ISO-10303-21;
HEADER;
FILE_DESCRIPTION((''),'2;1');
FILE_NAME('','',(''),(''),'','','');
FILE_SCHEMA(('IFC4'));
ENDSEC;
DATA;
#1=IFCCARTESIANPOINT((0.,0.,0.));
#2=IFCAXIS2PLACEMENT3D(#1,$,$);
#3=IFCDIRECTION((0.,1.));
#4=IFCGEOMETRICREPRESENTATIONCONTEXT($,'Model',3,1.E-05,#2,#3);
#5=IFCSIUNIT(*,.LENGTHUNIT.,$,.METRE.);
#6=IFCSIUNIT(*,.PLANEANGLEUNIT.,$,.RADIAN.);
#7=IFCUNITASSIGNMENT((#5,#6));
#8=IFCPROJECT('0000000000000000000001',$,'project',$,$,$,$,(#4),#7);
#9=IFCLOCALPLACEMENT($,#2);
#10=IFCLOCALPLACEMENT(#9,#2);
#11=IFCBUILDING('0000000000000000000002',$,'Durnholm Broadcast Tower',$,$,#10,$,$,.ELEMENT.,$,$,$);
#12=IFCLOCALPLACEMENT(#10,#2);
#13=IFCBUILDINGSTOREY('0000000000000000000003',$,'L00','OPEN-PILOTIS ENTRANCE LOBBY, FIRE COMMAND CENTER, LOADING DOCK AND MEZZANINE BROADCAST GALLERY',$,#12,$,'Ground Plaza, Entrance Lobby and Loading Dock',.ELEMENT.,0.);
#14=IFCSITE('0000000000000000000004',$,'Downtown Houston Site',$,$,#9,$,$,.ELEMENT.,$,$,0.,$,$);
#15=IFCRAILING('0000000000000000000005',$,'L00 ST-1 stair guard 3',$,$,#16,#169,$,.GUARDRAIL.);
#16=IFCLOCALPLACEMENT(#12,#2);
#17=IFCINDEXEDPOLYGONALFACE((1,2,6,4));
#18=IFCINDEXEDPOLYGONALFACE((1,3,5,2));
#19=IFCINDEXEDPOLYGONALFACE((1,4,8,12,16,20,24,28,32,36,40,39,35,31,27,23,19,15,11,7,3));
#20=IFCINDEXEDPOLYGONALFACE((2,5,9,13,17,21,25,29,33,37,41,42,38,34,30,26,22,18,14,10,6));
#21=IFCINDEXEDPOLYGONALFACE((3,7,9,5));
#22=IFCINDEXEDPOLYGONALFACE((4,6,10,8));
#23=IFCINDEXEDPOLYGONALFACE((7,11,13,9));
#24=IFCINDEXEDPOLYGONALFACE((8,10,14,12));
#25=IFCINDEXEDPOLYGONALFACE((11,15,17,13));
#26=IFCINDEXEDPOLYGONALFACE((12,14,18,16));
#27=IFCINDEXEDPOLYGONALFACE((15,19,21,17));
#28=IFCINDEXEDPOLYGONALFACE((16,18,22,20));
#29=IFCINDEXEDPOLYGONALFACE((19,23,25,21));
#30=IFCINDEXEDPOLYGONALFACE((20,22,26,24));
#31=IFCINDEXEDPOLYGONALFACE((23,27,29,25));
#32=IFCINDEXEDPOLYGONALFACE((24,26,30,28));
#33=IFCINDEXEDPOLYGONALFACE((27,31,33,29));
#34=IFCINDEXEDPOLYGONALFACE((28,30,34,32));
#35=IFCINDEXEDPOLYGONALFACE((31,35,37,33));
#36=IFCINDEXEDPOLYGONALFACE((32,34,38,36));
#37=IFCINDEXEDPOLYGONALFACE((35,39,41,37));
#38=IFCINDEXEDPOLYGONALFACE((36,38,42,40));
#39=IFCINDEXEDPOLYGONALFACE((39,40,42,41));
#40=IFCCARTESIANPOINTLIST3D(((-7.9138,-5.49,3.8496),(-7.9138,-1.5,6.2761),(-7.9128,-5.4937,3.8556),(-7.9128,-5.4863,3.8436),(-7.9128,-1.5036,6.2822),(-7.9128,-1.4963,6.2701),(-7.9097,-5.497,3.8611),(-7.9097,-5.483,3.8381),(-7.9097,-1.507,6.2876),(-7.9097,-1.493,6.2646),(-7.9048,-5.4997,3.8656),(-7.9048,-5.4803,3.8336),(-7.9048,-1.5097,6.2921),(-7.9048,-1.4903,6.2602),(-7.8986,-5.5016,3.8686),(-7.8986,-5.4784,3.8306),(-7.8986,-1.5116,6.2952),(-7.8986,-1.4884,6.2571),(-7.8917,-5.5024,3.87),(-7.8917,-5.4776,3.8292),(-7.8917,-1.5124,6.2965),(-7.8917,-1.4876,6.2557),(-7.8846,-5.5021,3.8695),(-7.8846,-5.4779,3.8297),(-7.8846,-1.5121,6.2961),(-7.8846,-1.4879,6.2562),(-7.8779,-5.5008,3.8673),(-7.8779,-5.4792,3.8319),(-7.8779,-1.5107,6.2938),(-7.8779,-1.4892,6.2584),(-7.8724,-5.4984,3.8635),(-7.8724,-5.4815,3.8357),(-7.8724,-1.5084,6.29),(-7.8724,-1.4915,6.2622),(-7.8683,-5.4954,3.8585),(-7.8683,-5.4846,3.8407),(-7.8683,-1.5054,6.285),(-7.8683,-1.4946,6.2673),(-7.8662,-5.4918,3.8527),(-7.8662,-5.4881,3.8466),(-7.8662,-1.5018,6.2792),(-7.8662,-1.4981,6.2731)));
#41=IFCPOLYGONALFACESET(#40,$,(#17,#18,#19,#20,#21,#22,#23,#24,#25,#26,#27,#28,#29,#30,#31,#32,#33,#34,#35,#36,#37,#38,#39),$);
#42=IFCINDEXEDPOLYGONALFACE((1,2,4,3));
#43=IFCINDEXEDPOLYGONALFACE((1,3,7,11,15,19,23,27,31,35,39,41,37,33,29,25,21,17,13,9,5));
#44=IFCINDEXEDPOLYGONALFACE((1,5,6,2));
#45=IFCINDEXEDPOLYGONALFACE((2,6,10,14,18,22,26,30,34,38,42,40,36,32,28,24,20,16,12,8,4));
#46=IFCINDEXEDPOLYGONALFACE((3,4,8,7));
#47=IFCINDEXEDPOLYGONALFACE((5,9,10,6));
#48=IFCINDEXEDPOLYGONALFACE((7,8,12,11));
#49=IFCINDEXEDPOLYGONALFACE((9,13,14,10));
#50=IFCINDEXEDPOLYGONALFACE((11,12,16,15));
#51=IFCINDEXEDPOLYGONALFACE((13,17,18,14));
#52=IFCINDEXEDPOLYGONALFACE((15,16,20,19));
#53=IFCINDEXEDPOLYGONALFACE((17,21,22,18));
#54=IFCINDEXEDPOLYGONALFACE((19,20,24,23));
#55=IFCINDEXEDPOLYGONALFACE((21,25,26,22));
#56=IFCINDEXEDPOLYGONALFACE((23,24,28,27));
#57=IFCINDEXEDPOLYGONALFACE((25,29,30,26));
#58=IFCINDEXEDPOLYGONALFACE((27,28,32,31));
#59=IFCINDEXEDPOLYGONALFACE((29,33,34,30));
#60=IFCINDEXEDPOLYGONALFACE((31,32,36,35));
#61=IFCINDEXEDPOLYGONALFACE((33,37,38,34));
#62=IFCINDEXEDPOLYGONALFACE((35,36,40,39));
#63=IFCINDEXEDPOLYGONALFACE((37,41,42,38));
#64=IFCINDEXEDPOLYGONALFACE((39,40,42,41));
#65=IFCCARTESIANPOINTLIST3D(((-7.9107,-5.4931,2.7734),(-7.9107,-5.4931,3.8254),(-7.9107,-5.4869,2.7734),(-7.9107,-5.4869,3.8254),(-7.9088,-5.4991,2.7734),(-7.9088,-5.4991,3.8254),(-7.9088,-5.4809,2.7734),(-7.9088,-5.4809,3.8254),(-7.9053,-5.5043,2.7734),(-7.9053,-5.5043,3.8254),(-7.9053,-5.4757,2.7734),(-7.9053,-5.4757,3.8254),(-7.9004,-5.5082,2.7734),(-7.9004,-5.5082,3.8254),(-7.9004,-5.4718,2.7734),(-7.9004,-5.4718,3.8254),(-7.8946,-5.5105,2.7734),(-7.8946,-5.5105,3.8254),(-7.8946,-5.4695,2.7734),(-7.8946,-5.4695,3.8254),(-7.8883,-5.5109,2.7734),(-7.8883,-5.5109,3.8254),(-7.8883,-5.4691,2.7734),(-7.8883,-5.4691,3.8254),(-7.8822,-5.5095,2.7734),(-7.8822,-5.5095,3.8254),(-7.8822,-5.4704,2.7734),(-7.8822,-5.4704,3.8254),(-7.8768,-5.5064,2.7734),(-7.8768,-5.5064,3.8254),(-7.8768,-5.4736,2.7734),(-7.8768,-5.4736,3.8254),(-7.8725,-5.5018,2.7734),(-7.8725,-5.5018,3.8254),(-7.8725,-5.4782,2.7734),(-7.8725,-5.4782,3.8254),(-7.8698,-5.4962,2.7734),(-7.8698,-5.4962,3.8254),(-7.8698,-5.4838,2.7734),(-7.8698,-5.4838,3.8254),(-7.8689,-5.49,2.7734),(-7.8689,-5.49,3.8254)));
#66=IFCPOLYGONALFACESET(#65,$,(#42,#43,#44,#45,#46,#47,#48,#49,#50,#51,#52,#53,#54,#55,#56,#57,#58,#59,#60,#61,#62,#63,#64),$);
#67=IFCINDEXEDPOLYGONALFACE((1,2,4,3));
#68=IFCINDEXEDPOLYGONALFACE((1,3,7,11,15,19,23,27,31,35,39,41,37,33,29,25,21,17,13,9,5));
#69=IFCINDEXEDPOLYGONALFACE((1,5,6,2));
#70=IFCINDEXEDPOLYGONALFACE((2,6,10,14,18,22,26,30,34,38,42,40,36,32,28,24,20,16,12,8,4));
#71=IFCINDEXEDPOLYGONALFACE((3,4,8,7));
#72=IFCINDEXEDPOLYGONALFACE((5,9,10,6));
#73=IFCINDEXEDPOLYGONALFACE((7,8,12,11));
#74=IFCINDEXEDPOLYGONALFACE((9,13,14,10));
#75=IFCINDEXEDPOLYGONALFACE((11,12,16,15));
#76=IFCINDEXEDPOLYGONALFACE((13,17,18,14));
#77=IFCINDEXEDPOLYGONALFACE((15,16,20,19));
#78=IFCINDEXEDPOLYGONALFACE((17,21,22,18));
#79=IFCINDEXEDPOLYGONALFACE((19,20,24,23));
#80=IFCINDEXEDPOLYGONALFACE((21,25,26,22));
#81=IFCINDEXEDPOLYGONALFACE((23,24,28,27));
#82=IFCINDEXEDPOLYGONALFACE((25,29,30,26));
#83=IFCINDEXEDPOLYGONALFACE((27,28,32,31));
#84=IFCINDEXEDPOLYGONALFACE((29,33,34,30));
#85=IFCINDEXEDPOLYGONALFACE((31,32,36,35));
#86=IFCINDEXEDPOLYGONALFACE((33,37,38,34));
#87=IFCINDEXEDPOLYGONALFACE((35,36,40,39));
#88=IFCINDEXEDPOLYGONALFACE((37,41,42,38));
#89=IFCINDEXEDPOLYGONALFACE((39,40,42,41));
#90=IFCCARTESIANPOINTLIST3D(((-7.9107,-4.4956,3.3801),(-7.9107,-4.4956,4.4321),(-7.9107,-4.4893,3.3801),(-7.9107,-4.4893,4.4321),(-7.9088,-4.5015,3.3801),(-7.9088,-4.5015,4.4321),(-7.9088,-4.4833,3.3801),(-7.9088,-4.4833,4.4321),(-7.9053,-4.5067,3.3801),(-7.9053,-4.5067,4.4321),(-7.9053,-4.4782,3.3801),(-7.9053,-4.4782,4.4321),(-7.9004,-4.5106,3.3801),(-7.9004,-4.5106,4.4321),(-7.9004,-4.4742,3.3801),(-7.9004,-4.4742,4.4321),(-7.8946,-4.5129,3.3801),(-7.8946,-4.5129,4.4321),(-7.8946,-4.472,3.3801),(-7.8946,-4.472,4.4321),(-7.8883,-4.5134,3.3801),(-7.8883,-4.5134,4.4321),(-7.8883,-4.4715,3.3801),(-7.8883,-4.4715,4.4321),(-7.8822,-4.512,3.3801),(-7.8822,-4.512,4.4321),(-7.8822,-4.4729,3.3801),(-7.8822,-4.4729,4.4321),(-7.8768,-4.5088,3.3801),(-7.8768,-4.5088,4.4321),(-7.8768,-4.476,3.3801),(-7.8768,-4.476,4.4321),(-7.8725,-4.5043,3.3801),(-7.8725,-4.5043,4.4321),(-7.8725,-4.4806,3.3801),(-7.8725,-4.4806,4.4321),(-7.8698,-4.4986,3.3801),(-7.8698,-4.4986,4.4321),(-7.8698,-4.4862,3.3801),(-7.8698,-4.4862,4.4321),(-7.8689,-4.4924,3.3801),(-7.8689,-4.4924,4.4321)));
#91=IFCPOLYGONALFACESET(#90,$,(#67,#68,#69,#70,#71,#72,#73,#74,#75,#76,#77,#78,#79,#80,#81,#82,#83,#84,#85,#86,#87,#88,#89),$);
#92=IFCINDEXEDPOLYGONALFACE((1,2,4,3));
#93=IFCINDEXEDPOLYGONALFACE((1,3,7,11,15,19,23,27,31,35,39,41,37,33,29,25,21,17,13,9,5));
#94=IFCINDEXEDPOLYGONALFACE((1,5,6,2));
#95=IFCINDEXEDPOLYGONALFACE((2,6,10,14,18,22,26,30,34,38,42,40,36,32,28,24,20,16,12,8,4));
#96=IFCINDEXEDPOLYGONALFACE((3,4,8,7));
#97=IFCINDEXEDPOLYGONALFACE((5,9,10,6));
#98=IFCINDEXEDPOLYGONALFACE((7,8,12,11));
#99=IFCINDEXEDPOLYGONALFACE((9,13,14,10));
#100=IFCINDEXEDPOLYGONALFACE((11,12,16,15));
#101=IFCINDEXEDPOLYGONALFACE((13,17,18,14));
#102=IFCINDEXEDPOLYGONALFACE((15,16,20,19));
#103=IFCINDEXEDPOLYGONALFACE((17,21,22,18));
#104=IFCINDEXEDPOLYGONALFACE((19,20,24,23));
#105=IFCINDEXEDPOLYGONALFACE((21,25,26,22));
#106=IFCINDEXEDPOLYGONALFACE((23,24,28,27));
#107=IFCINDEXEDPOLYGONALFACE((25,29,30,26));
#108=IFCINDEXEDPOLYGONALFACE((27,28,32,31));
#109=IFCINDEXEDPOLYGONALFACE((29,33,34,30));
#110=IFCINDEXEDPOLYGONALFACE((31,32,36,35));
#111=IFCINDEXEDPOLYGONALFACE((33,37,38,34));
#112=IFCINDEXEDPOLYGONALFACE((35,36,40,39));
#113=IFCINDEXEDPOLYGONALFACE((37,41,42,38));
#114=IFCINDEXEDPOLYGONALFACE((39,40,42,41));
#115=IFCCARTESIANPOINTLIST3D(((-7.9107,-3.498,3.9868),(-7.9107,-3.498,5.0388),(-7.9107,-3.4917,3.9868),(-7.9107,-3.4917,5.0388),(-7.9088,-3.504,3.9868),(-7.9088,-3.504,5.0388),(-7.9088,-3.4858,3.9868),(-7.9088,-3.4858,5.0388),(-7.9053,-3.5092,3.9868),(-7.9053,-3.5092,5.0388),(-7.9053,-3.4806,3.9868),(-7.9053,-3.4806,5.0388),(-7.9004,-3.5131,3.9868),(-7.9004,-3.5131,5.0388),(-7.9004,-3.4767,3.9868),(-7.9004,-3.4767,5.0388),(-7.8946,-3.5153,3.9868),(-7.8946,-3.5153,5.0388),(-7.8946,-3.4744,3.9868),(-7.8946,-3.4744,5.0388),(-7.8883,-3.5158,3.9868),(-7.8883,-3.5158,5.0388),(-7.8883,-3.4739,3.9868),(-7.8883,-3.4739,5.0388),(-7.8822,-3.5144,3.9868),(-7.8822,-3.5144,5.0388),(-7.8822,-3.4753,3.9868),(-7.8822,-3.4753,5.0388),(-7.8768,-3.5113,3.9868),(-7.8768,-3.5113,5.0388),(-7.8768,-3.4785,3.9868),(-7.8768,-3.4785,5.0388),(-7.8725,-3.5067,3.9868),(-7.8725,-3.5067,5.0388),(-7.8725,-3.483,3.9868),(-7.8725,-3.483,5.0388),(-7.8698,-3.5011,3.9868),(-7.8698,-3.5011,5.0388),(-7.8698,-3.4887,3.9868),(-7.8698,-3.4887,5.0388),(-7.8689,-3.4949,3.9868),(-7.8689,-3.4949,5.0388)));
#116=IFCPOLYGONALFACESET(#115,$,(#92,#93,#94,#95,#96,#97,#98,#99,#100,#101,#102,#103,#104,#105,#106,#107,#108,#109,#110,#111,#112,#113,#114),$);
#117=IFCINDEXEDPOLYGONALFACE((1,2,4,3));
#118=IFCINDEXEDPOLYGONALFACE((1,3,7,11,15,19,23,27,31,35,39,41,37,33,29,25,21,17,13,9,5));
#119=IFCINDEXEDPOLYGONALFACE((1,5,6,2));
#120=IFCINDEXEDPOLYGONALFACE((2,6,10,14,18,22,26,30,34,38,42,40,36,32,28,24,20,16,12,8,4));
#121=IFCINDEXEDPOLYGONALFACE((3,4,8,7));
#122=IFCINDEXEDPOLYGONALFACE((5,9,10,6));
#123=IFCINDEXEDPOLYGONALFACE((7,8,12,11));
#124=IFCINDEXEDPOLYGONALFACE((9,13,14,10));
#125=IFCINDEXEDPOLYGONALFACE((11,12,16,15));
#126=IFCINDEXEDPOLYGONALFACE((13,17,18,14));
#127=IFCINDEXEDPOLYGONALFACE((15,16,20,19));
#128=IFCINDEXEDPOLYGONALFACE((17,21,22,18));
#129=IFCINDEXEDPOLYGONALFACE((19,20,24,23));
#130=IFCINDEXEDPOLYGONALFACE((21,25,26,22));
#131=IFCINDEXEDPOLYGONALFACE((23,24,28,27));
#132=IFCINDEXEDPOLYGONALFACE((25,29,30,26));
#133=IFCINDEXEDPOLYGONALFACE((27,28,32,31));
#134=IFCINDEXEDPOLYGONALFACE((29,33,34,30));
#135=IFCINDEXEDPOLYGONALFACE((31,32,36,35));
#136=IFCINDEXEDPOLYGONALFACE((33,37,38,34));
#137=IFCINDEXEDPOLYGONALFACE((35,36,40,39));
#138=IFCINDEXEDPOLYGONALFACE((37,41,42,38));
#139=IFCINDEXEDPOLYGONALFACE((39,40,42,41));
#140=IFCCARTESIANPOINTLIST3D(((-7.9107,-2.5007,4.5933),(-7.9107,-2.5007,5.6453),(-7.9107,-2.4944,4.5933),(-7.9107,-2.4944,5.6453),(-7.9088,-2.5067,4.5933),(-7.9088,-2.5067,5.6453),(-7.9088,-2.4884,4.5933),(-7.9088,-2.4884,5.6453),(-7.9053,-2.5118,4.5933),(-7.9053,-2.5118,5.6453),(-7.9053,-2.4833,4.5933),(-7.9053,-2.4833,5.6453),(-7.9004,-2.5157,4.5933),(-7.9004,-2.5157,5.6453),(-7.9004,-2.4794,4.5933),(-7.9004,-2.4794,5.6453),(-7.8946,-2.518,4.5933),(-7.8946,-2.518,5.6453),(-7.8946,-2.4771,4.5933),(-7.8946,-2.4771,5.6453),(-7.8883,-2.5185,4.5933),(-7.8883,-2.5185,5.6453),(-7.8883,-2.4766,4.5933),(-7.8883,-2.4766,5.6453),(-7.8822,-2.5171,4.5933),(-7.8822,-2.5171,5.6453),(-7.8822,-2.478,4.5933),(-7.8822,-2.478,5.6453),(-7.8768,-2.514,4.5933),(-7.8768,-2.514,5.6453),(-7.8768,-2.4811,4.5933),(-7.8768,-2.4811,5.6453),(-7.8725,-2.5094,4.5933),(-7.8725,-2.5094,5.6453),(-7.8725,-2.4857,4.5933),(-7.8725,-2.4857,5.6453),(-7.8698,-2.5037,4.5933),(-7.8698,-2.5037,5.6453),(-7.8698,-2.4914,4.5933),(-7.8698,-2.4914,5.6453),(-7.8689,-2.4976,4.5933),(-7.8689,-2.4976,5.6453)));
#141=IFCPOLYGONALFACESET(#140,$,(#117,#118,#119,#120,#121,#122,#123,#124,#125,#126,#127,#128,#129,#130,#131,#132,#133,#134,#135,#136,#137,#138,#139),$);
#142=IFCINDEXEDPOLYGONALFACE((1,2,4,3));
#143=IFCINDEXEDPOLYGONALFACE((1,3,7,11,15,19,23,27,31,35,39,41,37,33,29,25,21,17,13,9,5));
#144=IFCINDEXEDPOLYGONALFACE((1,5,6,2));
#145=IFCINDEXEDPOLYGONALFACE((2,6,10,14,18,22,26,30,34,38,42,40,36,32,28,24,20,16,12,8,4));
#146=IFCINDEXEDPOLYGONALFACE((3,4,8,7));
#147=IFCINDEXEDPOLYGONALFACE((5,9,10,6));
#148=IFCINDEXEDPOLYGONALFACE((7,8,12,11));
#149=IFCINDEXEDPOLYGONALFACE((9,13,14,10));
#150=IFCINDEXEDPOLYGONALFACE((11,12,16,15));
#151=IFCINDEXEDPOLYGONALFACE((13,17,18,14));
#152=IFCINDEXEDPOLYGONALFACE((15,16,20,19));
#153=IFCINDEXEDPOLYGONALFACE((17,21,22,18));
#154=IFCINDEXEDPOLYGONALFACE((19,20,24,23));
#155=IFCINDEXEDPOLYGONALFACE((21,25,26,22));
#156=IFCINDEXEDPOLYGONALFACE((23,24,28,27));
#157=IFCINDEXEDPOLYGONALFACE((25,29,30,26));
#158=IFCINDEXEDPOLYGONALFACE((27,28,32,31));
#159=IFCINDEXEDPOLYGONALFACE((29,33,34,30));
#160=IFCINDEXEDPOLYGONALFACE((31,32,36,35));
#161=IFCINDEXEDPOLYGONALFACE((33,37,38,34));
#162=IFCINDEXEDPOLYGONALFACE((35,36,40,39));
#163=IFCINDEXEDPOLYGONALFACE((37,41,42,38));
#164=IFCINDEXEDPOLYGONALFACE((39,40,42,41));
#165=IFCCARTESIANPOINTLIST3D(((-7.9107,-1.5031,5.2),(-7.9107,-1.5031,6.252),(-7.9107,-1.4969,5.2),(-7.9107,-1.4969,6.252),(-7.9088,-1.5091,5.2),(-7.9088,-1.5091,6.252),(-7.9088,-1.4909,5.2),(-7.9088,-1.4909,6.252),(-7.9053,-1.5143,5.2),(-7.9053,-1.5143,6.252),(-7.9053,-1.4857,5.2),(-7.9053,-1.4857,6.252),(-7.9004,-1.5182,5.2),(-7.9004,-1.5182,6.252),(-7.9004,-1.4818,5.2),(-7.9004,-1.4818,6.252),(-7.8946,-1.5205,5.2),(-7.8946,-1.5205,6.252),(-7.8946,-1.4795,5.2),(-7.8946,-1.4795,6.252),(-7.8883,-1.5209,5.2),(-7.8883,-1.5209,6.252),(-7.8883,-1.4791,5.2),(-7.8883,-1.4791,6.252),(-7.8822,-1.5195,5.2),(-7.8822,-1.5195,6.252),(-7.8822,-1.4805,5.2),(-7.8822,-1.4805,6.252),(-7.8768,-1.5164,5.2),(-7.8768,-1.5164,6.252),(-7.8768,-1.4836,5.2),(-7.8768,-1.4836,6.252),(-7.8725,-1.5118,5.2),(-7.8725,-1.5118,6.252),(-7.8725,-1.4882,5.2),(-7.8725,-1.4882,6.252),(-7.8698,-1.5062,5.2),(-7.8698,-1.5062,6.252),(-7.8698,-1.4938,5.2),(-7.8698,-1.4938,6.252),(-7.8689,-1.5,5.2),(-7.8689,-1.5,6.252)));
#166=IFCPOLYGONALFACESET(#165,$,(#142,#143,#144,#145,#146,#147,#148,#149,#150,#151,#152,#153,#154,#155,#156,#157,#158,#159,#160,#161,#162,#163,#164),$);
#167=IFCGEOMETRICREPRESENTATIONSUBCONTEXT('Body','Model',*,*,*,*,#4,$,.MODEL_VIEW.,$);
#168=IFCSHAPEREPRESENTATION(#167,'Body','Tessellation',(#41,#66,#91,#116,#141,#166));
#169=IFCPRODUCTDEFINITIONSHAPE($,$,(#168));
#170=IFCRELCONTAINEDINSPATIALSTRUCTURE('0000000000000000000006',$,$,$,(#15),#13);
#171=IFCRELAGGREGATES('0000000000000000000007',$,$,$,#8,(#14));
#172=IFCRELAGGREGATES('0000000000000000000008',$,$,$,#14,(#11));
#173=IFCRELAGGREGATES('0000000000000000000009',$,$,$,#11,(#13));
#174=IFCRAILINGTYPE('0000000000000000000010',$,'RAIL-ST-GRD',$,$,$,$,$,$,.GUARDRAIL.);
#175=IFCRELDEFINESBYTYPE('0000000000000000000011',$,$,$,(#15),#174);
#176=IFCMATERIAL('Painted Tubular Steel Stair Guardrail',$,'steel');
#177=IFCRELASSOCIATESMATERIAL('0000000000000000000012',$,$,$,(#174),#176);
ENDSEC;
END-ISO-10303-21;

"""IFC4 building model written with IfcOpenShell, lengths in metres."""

from ifc_helpers import new_model, si_unit, direction, frame, origin, origin_2d, place, context, subcontext, project, spatial, circle, extrude, material, type_object, element, save


model = new_model("IFC4")

# Units and contexts
model_context = context("Model", 3, precision=1e-05, world=origin(), true_north=direction((0.0, 1.0)))
body_context = subcontext(model_context, "Body", "Model", "MODEL_VIEW")
ifc_project = project(units=[si_unit("LENGTHUNIT", "METRE"), si_unit("PLANEANGLEUNIT", "RADIAN")], contexts=[model_context])

# Site, building, storey
site_placement = place(None, origin())
site = spatial("IfcSite", under=ifc_project, at=site_placement, Name="Downtown Houston Site", CompositionType="ELEMENT", RefElevation=0.0)
building_placement = place(site_placement, origin())
building = spatial("IfcBuilding", under=site, at=building_placement, Name="Durnholm Broadcast Tower", CompositionType="ELEMENT")
storey_placement = place(building_placement, origin())
storey = spatial("IfcBuildingStorey", under=building, at=storey_placement, Name="L00", Description="OPEN-PILOTIS ENTRANCE LOBBY, FIRE COMMAND CENTER, LOADING DOCK AND MEZZANINE BROADCAST GALLERY", LongName="Ground Plaza, Entrance Lobby and Loading Dock", CompositionType="ELEMENT", Elevation=0.0)

# Railing
ifc_material_1 = material(Name="Painted Tubular Steel Stair Guardrail", Category="steel")
railing_type_1 = type_object("IfcRailingType", Name="RAIL-ST-GRD", PredefinedType="GUARDRAIL", material=ifc_material_1)
railing_1_placement = place(storey_placement, frame((-7.8899, -5.49, 2.7734)))
element("IfcRailing", 1, at=railing_1_placement, inside=storey, type_object=railing_type_1, Name="L00 ST-1 stair guard 3", PredefinedType="GUARDRAIL", context=body_context, shape_type="SweptSolid", body=[
    extrude(circle(Radius=0.0239, at=origin_2d()), frame((0.0, 0.0, 1.0762), z_axis=(0.0, 0.854405, 0.519607), x_axis=(-1.0, 0.0, 0.0)), (0.0, 0.0, 1.0), 4.6699),
    extrude(circle(Radius=0.021, at=origin_2d()), origin(), (0.0, 0.0, 1.0), 1.052),
    extrude(circle(Radius=0.021, at=origin_2d()), frame((0.0, 0.9976, 0.6067)), (0.0, 0.0, 1.0), 1.052),
    extrude(circle(Radius=0.021, at=origin_2d()), frame((0.0, 1.9951, 1.2134)), (0.0, 0.0, 1.0), 1.052),
    extrude(circle(Radius=0.021, at=origin_2d()), frame((0.0, 2.9924, 1.8198)), (0.0, 0.0, 1.0), 1.052),
    extrude(circle(Radius=0.021, at=origin_2d()), frame((0.0, 3.99, 2.4265)), (0.0, 0.0, 1.0), 1.052),
])

save(model, "model.ifc")
